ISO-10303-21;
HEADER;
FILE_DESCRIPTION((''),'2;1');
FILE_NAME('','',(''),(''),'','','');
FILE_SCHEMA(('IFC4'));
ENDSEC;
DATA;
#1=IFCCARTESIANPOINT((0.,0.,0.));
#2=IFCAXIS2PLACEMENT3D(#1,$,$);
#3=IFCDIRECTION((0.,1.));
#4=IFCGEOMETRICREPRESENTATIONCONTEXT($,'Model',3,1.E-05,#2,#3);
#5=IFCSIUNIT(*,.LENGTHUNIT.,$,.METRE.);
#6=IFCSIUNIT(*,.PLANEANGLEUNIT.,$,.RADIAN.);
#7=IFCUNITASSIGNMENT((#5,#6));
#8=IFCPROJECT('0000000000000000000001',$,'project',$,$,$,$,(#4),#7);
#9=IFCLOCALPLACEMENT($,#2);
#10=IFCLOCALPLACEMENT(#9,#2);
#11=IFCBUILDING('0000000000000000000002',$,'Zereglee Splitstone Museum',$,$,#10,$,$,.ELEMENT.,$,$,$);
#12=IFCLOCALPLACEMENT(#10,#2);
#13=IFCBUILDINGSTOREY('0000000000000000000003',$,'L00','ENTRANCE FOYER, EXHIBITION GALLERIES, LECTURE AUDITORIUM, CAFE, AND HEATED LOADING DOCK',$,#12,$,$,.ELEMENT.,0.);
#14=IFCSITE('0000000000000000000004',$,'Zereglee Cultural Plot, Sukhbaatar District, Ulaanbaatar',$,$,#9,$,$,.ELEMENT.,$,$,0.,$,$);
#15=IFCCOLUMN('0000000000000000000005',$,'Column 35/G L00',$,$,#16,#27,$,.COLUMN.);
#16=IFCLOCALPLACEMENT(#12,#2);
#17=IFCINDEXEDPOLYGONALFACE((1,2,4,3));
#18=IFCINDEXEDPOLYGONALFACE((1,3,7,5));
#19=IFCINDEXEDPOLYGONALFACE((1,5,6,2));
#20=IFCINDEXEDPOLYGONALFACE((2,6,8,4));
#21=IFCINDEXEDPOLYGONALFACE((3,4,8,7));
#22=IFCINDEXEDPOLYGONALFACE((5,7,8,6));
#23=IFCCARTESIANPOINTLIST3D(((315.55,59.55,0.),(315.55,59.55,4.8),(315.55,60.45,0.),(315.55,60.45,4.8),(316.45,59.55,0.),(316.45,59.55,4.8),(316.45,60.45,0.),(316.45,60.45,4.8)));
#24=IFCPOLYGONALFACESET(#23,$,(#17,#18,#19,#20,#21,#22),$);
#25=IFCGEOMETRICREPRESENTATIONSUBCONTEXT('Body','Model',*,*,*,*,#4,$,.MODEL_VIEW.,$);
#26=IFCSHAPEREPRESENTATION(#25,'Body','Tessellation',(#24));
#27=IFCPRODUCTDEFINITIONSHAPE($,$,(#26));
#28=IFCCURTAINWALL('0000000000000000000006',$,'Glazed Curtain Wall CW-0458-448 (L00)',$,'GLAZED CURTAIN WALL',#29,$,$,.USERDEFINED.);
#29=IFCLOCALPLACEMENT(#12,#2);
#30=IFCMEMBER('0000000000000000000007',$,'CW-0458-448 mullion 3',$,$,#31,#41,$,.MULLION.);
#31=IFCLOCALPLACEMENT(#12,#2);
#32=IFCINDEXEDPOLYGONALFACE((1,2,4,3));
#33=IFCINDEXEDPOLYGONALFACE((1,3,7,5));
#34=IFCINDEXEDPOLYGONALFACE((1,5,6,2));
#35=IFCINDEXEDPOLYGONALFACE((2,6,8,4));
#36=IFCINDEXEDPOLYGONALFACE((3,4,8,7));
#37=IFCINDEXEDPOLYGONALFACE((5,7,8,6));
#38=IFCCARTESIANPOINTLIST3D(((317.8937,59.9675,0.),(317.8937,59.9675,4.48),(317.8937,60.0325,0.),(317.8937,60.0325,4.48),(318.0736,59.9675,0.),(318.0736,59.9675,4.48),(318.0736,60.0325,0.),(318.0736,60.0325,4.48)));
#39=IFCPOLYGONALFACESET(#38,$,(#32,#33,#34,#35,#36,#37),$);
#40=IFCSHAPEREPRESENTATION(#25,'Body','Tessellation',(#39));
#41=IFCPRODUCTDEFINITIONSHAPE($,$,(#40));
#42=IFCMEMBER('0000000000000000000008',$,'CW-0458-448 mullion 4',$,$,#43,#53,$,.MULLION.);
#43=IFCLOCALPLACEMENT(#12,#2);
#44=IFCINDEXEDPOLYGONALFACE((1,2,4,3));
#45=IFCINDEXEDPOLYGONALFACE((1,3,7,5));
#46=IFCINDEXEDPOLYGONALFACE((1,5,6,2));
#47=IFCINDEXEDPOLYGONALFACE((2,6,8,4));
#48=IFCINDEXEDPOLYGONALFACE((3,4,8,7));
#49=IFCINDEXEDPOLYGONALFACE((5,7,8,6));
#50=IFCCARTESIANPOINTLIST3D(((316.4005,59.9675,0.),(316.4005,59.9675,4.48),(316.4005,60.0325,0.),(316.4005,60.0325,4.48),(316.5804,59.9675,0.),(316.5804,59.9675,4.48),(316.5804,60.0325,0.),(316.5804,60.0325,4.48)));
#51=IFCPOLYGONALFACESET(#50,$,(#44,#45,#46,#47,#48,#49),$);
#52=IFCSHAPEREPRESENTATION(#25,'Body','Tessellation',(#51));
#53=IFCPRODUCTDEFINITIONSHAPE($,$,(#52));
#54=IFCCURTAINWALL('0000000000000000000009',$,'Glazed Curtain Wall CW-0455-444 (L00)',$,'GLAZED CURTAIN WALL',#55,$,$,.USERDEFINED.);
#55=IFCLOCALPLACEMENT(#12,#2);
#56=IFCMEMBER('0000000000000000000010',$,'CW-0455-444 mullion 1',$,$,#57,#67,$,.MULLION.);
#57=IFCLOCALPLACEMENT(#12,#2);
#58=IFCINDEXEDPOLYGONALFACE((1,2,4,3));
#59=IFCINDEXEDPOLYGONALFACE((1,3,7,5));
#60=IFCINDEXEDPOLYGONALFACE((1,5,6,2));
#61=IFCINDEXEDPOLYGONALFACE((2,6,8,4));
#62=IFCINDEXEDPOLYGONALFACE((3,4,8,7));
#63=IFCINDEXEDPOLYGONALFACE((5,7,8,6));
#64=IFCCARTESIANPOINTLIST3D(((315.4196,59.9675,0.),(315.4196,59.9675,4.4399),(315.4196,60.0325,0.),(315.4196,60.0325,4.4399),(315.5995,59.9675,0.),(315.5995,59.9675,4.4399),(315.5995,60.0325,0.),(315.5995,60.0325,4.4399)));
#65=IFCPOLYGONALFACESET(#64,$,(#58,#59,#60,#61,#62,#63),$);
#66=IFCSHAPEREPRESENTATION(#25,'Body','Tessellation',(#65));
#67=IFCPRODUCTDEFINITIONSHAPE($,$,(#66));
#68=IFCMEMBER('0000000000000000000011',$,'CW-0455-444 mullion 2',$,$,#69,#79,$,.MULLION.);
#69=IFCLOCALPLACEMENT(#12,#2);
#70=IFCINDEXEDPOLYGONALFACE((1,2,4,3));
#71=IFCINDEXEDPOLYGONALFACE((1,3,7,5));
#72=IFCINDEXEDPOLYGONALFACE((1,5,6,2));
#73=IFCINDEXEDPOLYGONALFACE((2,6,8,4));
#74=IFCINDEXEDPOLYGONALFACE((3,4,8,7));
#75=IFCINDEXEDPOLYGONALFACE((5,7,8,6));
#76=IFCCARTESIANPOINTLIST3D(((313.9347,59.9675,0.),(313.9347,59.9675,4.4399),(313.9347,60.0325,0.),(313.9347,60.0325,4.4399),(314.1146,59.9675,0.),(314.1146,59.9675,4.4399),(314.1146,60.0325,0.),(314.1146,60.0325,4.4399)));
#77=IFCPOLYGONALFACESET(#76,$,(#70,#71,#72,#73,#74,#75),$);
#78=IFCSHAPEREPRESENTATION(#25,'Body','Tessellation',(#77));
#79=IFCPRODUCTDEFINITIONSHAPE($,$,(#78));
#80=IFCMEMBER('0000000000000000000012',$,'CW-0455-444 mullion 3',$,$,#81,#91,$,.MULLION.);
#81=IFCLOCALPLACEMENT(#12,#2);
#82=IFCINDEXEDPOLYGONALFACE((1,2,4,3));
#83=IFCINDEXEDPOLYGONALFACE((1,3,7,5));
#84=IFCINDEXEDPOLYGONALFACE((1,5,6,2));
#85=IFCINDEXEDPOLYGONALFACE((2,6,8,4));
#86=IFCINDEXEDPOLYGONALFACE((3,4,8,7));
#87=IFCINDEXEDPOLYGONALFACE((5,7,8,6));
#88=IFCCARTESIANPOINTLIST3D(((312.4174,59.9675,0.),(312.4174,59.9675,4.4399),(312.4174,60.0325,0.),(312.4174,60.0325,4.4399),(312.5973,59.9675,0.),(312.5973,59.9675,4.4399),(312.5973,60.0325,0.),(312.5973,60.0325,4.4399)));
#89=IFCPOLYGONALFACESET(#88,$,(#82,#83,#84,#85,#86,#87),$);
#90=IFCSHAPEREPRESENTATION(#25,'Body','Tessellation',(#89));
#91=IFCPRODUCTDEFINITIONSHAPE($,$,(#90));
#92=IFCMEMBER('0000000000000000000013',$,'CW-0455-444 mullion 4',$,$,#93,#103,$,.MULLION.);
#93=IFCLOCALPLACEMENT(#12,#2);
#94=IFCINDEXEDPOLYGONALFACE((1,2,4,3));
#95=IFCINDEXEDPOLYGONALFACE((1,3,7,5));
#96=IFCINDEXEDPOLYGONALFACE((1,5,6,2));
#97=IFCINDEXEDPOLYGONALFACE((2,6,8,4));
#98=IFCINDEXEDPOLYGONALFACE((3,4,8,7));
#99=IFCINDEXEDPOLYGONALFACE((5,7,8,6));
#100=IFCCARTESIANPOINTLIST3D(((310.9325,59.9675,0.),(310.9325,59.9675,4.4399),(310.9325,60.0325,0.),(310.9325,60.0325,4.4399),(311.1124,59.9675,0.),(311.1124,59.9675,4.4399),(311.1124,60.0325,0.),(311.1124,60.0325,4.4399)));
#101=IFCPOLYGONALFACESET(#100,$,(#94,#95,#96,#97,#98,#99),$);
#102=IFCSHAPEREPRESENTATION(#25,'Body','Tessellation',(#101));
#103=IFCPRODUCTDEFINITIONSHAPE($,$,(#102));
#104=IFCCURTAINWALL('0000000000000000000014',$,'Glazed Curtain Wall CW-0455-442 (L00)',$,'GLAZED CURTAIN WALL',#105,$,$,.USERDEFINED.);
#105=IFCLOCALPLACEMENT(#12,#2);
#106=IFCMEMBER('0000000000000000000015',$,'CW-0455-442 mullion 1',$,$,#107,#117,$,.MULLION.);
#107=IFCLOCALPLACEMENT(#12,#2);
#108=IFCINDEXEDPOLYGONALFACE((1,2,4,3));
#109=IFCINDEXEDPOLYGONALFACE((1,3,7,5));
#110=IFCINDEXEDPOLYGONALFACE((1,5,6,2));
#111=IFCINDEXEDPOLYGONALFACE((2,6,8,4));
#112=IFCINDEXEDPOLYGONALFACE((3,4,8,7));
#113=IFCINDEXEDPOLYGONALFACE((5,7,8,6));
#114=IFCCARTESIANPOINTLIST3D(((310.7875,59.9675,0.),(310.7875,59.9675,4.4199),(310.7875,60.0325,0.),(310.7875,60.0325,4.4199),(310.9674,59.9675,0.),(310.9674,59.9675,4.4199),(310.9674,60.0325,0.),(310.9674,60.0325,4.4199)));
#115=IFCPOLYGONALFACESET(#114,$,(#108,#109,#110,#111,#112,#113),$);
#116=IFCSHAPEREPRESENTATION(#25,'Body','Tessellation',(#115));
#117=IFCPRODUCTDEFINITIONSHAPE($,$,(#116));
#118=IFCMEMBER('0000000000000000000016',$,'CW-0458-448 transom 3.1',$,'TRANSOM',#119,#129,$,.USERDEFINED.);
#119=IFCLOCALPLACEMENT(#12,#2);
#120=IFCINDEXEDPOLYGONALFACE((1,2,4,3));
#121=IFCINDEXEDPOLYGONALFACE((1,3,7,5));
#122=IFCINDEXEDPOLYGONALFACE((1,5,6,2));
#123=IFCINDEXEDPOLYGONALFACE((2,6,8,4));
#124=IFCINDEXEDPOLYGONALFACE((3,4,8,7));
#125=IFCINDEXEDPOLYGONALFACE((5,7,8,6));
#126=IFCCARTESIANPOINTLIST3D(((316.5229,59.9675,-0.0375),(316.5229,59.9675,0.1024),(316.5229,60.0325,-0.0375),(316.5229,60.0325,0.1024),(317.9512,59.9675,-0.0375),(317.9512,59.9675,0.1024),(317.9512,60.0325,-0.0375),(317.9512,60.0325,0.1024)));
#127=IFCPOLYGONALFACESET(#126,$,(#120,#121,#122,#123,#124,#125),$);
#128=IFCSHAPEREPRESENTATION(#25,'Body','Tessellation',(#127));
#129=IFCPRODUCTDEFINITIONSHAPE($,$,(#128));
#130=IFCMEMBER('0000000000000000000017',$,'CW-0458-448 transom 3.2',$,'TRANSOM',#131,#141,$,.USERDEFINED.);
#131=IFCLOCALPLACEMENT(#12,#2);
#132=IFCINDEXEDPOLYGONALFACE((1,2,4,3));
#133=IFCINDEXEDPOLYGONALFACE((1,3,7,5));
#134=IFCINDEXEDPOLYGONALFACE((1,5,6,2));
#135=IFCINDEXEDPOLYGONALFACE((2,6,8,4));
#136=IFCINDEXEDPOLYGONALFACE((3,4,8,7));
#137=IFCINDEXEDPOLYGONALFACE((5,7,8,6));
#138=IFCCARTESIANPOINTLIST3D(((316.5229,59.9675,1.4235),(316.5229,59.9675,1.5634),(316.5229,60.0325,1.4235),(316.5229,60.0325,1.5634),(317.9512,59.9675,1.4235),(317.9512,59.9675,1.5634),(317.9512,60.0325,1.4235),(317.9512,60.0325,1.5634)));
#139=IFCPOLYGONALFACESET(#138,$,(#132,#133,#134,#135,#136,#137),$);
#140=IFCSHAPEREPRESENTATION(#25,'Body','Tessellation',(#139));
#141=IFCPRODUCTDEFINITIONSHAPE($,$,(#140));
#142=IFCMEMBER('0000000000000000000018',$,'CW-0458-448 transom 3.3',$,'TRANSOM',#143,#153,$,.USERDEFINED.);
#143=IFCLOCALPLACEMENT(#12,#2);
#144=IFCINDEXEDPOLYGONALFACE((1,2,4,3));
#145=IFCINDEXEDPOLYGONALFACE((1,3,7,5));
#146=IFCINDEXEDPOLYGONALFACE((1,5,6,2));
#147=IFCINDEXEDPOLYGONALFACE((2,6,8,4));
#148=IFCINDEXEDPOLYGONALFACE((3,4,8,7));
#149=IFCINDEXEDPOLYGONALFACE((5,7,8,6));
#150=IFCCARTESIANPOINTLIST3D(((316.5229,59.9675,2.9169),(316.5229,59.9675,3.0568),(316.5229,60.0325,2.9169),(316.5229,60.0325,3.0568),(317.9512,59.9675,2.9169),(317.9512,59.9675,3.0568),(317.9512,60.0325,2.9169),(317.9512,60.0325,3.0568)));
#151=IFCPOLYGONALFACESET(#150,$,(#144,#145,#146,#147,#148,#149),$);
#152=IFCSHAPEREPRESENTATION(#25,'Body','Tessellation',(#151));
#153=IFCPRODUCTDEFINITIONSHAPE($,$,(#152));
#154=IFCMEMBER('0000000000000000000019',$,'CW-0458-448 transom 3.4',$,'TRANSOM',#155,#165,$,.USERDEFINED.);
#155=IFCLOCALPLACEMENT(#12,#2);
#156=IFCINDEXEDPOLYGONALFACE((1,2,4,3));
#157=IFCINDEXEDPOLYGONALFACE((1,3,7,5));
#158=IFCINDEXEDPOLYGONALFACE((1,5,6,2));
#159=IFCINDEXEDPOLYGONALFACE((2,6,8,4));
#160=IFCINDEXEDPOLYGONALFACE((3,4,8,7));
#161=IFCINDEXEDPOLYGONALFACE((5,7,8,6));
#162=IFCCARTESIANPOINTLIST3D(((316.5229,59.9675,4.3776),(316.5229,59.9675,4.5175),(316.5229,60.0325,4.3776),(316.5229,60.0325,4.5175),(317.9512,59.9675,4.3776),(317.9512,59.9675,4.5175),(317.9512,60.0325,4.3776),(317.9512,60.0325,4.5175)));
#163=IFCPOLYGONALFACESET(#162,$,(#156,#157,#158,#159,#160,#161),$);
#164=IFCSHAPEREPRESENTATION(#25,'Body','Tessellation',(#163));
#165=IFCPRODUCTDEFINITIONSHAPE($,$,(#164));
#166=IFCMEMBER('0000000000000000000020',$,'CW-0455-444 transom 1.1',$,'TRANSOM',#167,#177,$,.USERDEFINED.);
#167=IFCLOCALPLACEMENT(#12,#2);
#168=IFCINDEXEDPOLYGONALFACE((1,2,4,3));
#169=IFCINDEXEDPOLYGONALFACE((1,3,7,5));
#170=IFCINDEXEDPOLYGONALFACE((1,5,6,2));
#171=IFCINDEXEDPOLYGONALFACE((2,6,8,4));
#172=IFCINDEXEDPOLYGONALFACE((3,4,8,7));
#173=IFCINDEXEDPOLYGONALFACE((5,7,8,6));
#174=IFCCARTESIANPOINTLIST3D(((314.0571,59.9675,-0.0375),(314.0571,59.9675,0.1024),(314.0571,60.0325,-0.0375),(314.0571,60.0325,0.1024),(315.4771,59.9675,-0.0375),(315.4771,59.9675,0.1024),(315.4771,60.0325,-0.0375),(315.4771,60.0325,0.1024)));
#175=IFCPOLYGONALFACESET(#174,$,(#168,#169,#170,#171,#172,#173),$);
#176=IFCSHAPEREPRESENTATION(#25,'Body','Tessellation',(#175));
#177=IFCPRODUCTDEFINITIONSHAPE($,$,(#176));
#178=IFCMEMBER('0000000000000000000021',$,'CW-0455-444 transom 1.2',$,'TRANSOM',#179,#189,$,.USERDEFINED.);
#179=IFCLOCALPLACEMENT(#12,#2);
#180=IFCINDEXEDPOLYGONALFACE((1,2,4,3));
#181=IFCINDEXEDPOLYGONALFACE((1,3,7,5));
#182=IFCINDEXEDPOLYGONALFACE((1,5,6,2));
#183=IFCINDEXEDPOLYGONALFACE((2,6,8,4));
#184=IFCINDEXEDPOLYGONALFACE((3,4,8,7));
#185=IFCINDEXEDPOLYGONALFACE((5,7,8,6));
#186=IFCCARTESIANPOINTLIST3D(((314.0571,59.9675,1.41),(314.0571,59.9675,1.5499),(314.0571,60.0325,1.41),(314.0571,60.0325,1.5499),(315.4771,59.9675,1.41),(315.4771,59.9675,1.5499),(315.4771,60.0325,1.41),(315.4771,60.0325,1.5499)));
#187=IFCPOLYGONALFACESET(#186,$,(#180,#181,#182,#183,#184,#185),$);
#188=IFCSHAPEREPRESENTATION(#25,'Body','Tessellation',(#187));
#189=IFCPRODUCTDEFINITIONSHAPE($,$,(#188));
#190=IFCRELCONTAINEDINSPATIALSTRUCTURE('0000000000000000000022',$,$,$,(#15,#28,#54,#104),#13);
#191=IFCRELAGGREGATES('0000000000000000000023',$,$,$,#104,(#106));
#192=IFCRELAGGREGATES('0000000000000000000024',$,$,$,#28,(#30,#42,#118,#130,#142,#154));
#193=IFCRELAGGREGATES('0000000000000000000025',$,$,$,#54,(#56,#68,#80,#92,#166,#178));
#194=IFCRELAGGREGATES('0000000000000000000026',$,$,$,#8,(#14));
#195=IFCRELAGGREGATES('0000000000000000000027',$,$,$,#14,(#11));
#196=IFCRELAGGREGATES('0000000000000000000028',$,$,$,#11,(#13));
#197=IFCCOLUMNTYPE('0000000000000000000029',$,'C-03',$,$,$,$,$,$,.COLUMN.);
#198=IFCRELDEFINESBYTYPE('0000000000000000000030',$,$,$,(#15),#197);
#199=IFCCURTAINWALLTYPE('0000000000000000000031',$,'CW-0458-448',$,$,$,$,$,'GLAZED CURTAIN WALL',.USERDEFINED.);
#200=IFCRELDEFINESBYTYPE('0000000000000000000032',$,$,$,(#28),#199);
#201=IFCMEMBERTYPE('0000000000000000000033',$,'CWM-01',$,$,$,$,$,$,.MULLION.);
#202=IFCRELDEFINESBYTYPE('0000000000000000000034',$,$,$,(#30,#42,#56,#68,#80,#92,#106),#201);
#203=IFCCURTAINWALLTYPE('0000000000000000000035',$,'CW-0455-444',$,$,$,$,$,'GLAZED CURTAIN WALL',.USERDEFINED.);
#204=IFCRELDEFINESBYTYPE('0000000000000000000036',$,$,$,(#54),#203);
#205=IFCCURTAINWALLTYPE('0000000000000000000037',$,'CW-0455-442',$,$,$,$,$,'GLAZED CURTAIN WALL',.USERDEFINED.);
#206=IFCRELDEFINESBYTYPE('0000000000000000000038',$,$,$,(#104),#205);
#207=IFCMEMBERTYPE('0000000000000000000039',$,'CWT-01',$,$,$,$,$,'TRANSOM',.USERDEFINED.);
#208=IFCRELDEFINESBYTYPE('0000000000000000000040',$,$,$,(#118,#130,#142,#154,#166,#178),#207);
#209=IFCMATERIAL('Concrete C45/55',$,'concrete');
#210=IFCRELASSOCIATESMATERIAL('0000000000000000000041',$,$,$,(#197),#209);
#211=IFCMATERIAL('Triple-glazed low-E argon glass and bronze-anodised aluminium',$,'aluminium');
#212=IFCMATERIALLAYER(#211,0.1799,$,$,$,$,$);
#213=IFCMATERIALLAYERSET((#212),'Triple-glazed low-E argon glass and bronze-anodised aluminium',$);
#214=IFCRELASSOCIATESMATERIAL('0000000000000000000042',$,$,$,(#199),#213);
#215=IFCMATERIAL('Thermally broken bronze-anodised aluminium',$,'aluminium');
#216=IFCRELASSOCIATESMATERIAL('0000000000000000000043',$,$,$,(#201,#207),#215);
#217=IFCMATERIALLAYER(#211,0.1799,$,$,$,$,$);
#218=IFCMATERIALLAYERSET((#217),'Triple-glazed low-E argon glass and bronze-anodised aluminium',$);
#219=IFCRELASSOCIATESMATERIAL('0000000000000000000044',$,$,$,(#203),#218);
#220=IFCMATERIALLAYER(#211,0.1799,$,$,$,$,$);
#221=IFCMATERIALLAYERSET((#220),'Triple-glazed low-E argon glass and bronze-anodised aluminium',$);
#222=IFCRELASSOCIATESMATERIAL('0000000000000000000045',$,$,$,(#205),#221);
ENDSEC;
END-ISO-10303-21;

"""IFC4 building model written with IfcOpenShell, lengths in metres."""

from ifc_helpers import new_model, si_unit, direction, frame, origin, origin_2d, place, context, subcontext, project, spatial, rectangle, extrude, material, layer, layer_set, material_profile, profile_set, type_object, element, aggregate, save


model = new_model("IFC4")

# Units and contexts
model_context = context("Model", 3, precision=1e-05, world=origin(), true_north=direction((0.0, 1.0)))
body_context = subcontext(model_context, "Body", "Model", "MODEL_VIEW")
ifc_project = project(units=[si_unit("LENGTHUNIT", "METRE"), si_unit("PLANEANGLEUNIT", "RADIAN")], contexts=[model_context])

# Site, building, storey
site_placement = place(None, origin())
site = spatial("IfcSite", under=ifc_project, at=site_placement, Name="Zereglee Cultural Plot, Sukhbaatar District, Ulaanbaatar", CompositionType="ELEMENT", RefElevation=0.0)
building_placement = place(site_placement, origin())
building = spatial("IfcBuilding", under=site, at=building_placement, Name="Zereglee Splitstone Museum", CompositionType="ELEMENT")
storey_placement = place(building_placement, origin())
storey = spatial("IfcBuildingStorey", under=building, at=storey_placement, Name="L00", Description="ENTRANCE FOYER, EXHIBITION GALLERIES, LECTURE AUDITORIUM, CAFE, AND HEATED LOADING DOCK", CompositionType="ELEMENT", Elevation=0.0)

# Column
ifc_material_1 = material(Name="Concrete C45/55", Category="concrete")
ifc_material_profile_1 = material_profile(ifc_material_1, rectangle(XDim=0.8999, YDim=0.8999, at=origin_2d()), Name="RC 900x900")
ifc_profile_set_1 = profile_set([ifc_material_profile_1], Name="Concrete C45/55")
column_type = type_object("IfcColumnType", Name="C-03", PredefinedType="COLUMN", material=ifc_profile_set_1)
column_placement = place(storey_placement, frame((316.0, 60.0, 0.0), z_axis=(0.0, 0.0, 1.0), x_axis=(1.0, 0.0, 0.0)))
element("IfcColumn", 1, at=column_placement, inside=storey, type_object=column_type, Name="Column 35/G L00", PredefinedType="COLUMN", context=body_context, shape_type="SweptSolid", body=[
    extrude(rectangle(XDim=0.8999, YDim=0.8999, at=origin_2d()), origin(), (0.0, 0.0, 1.0), 4.8),
])

# Curtain walls, members
ifc_material_2 = material(Name="Triple-glazed low-E argon glass and bronze-anodised aluminium", Category="aluminium")
ifc_layer_1 = layer(ifc_material_2, 0.1799)
ifc_layer_set_1 = layer_set([ifc_layer_1], Name="Triple-glazed low-E argon glass and bronze-anodised aluminium")
curtain_wall_type_1 = type_object("IfcCurtainWallType", Name="CW-0458-448", ElementType="GLAZED CURTAIN WALL", PredefinedType="USERDEFINED", material=ifc_layer_set_1)
curtain_wall_1_placement = place(storey_placement, origin())
curtain_wall_1 = element("IfcCurtainWall", 2, at=curtain_wall_1_placement, inside=storey, type_object=curtain_wall_type_1, Name="Glazed Curtain Wall CW-0458-448 (L00)", ObjectType="GLAZED CURTAIN WALL", PredefinedType="USERDEFINED")
ifc_material_3 = material(Name="Thermally broken bronze-anodised aluminium", Category="aluminium")
ifc_material_profile_2 = material_profile(ifc_material_3, rectangle(XDim=0.0649, YDim=0.1799, at=origin_2d()), Name="CW MULL 65x180")
ifc_profile_set_2 = profile_set([ifc_material_profile_2], Name="Thermally broken bronze-anodised aluminium")
member_type_1 = type_object("IfcMemberType", Name="CWM-01", PredefinedType="MULLION", material=ifc_profile_set_2)
member_1_placement = place(storey_placement, frame((317.9836, 60.0, 0.0), z_axis=(0.0, 0.0, 1.0), x_axis=(0.0, -1.0, 0.0)))
member_1 = element("IfcMember", 3, at=member_1_placement, type_object=member_type_1, Name="CW-0458-448 mullion 3", PredefinedType="MULLION", context=body_context, shape_type="SweptSolid", body=[
    extrude(rectangle(XDim=0.0649, YDim=0.1799, at=origin_2d()), origin(), (0.0, 0.0, 1.0), 4.48),
])
member_2_placement = place(storey_placement, frame((316.4905, 60.0, 0.0), z_axis=(0.0, 0.0, 1.0), x_axis=(0.0, -1.0, 0.0)))
member_2 = element("IfcMember", 4, at=member_2_placement, type_object=member_type_1, Name="CW-0458-448 mullion 4", PredefinedType="MULLION", context=body_context, shape_type="SweptSolid", body=[
    extrude(rectangle(XDim=0.0649, YDim=0.1799, at=origin_2d()), origin(), (0.0, 0.0, 1.0), 4.48),
])
ifc_layer_2 = layer(ifc_material_2, 0.1799)
ifc_layer_set_2 = layer_set([ifc_layer_2], Name="Triple-glazed low-E argon glass and bronze-anodised aluminium")
curtain_wall_type_2 = type_object("IfcCurtainWallType", Name="CW-0455-444", ElementType="GLAZED CURTAIN WALL", PredefinedType="USERDEFINED", material=ifc_layer_set_2)
curtain_wall_2_placement = place(storey_placement, origin())
curtain_wall_2 = element("IfcCurtainWall", 5, at=curtain_wall_2_placement, inside=storey, type_object=curtain_wall_type_2, Name="Glazed Curtain Wall CW-0455-444 (L00)", ObjectType="GLAZED CURTAIN WALL", PredefinedType="USERDEFINED")
member_3_placement = place(storey_placement, frame((315.5095, 60.0, 0.0), z_axis=(0.0, 0.0, 1.0), x_axis=(0.0, -1.0, 0.0)))
member_3 = element("IfcMember", 6, at=member_3_placement, type_object=member_type_1, Name="CW-0455-444 mullion 1", PredefinedType="MULLION", context=body_context, shape_type="SweptSolid", body=[
    extrude(rectangle(XDim=0.0649, YDim=0.1799, at=origin_2d()), origin(), (0.0, 0.0, 1.0), 4.4399),
])
member_4_placement = place(storey_placement, frame((314.0247, 60.0, 0.0), z_axis=(0.0, 0.0, 1.0), x_axis=(0.0, -1.0, 0.0)))
member_4 = element("IfcMember", 7, at=member_4_placement, type_object=member_type_1, Name="CW-0455-444 mullion 2", PredefinedType="MULLION", context=body_context, shape_type="SweptSolid", body=[
    extrude(rectangle(XDim=0.0649, YDim=0.1799, at=origin_2d()), origin(), (0.0, 0.0, 1.0), 4.4399),
])
member_5_placement = place(storey_placement, frame((312.5073, 60.0, 0.0), z_axis=(0.0, 0.0, 1.0), x_axis=(0.0, -1.0, 0.0)))
member_5 = element("IfcMember", 8, at=member_5_placement, type_object=member_type_1, Name="CW-0455-444 mullion 3", PredefinedType="MULLION", context=body_context, shape_type="SweptSolid", body=[
    extrude(rectangle(XDim=0.0649, YDim=0.1799, at=origin_2d()), origin(), (0.0, 0.0, 1.0), 4.4399),
])
member_6_placement = place(storey_placement, frame((311.0225, 60.0, 0.0), z_axis=(0.0, 0.0, 1.0), x_axis=(0.0, -1.0, 0.0)))
member_6 = element("IfcMember", 9, at=member_6_placement, type_object=member_type_1, Name="CW-0455-444 mullion 4", PredefinedType="MULLION", context=body_context, shape_type="SweptSolid", body=[
    extrude(rectangle(XDim=0.0649, YDim=0.1799, at=origin_2d()), origin(), (0.0, 0.0, 1.0), 4.4399),
])

# Curtain wall, member
ifc_layer_3 = layer(ifc_material_2, 0.1799)
ifc_layer_set_3 = layer_set([ifc_layer_3], Name="Triple-glazed low-E argon glass and bronze-anodised aluminium")
curtain_wall_type_3 = type_object("IfcCurtainWallType", Name="CW-0455-442", ElementType="GLAZED CURTAIN WALL", PredefinedType="USERDEFINED", material=ifc_layer_set_3)
curtain_wall_3_placement = place(storey_placement, origin())
curtain_wall_3 = element("IfcCurtainWall", 10, at=curtain_wall_3_placement, inside=storey, type_object=curtain_wall_type_3, Name="Glazed Curtain Wall CW-0455-442 (L00)", ObjectType="GLAZED CURTAIN WALL", PredefinedType="USERDEFINED")
member_7_placement = place(storey_placement, frame((310.8774, 60.0, 0.0), z_axis=(0.0, 0.0, 1.0), x_axis=(0.0, -1.0, 0.0)))
member_7 = element("IfcMember", 11, at=member_7_placement, type_object=member_type_1, Name="CW-0455-442 mullion 1", PredefinedType="MULLION", context=body_context, shape_type="SweptSolid", body=[
    extrude(rectangle(XDim=0.0649, YDim=0.1799, at=origin_2d()), origin(), (0.0, 0.0, 1.0), 4.4199),
])

# Members
ifc_material_profile_3 = material_profile(ifc_material_3, rectangle(XDim=0.0649, YDim=0.1399, at=origin_2d()), Name="CW TRAN 65x140")
ifc_profile_set_3 = profile_set([ifc_material_profile_3], Name="Thermally broken bronze-anodised aluminium")
member_type_2 = type_object("IfcMemberType", Name="CWT-01", ElementType="TRANSOM", PredefinedType="USERDEFINED", material=ifc_profile_set_3)
member_8_placement = place(storey_placement, frame((317.9512, 60.0, 0.0325), z_axis=(-1.0, 0.0, 0.0), x_axis=(0.0, -1.0, 0.0)))
member_8 = element("IfcMember", 12, at=member_8_placement, type_object=member_type_2, Name="CW-0458-448 transom 3.1", ObjectType="TRANSOM", PredefinedType="USERDEFINED", context=body_context, shape_type="SweptSolid", body=[
    extrude(rectangle(XDim=0.0649, YDim=0.1399, at=origin_2d()), origin(), (0.0, 0.0, 1.0), 1.4282),
])
member_9_placement = place(storey_placement, frame((317.9512, 60.0, 1.4934), z_axis=(-1.0, 0.0, 0.0), x_axis=(0.0, -1.0, 0.0)))
member_9 = element("IfcMember", 13, at=member_9_placement, type_object=member_type_2, Name="CW-0458-448 transom 3.2", ObjectType="TRANSOM", PredefinedType="USERDEFINED", context=body_context, shape_type="SweptSolid", body=[
    extrude(rectangle(XDim=0.0649, YDim=0.1399, at=origin_2d()), origin(), (0.0, 0.0, 1.0), 1.4282),
])
member_10_placement = place(storey_placement, frame((317.9512, 60.0, 2.9868), z_axis=(-1.0, 0.0, 0.0), x_axis=(0.0, -1.0, 0.0)))
member_10 = element("IfcMember", 14, at=member_10_placement, type_object=member_type_2, Name="CW-0458-448 transom 3.3", ObjectType="TRANSOM", PredefinedType="USERDEFINED", context=body_context, shape_type="SweptSolid", body=[
    extrude(rectangle(XDim=0.0649, YDim=0.1399, at=origin_2d()), origin(), (0.0, 0.0, 1.0), 1.4282),
])
member_11_placement = place(storey_placement, frame((317.9512, 60.0, 4.4475), z_axis=(-1.0, 0.0, 0.0), x_axis=(0.0, -1.0, 0.0)))
member_11 = element("IfcMember", 15, at=member_11_placement, type_object=member_type_2, Name="CW-0458-448 transom 3.4", ObjectType="TRANSOM", PredefinedType="USERDEFINED", context=body_context, shape_type="SweptSolid", body=[
    extrude(rectangle(XDim=0.0649, YDim=0.1399, at=origin_2d()), origin(), (0.0, 0.0, 1.0), 1.4282),
])
member_12_placement = place(storey_placement, frame((315.4771, 60.0, 0.0325), z_axis=(-1.0, 0.0, 0.0), x_axis=(0.0, -1.0, 0.0)))
member_12 = element("IfcMember", 16, at=member_12_placement, type_object=member_type_2, Name="CW-0455-444 transom 1.1", ObjectType="TRANSOM", PredefinedType="USERDEFINED", context=body_context, shape_type="SweptSolid", body=[
    extrude(rectangle(XDim=0.0649, YDim=0.1399, at=origin_2d()), origin(), (0.0, 0.0, 1.0), 1.4199),
])
member_13_placement = place(storey_placement, frame((315.4771, 60.0, 1.48), z_axis=(-1.0, 0.0, 0.0), x_axis=(0.0, -1.0, 0.0)))
member_13 = element("IfcMember", 17, at=member_13_placement, type_object=member_type_2, Name="CW-0455-444 transom 1.2", ObjectType="TRANSOM", PredefinedType="USERDEFINED", context=body_context, shape_type="SweptSolid", body=[
    extrude(rectangle(XDim=0.0649, YDim=0.1399, at=origin_2d()), origin(), (0.0, 0.0, 1.0), 1.4199),
])
aggregate(curtain_wall_3, [member_7])

aggregate(curtain_wall_1, [member_1, member_2, member_8, member_9, member_10, member_11])
aggregate(curtain_wall_2, [member_3, member_4, member_5, member_6, member_12, member_13])

save(model, "model.ifc")
